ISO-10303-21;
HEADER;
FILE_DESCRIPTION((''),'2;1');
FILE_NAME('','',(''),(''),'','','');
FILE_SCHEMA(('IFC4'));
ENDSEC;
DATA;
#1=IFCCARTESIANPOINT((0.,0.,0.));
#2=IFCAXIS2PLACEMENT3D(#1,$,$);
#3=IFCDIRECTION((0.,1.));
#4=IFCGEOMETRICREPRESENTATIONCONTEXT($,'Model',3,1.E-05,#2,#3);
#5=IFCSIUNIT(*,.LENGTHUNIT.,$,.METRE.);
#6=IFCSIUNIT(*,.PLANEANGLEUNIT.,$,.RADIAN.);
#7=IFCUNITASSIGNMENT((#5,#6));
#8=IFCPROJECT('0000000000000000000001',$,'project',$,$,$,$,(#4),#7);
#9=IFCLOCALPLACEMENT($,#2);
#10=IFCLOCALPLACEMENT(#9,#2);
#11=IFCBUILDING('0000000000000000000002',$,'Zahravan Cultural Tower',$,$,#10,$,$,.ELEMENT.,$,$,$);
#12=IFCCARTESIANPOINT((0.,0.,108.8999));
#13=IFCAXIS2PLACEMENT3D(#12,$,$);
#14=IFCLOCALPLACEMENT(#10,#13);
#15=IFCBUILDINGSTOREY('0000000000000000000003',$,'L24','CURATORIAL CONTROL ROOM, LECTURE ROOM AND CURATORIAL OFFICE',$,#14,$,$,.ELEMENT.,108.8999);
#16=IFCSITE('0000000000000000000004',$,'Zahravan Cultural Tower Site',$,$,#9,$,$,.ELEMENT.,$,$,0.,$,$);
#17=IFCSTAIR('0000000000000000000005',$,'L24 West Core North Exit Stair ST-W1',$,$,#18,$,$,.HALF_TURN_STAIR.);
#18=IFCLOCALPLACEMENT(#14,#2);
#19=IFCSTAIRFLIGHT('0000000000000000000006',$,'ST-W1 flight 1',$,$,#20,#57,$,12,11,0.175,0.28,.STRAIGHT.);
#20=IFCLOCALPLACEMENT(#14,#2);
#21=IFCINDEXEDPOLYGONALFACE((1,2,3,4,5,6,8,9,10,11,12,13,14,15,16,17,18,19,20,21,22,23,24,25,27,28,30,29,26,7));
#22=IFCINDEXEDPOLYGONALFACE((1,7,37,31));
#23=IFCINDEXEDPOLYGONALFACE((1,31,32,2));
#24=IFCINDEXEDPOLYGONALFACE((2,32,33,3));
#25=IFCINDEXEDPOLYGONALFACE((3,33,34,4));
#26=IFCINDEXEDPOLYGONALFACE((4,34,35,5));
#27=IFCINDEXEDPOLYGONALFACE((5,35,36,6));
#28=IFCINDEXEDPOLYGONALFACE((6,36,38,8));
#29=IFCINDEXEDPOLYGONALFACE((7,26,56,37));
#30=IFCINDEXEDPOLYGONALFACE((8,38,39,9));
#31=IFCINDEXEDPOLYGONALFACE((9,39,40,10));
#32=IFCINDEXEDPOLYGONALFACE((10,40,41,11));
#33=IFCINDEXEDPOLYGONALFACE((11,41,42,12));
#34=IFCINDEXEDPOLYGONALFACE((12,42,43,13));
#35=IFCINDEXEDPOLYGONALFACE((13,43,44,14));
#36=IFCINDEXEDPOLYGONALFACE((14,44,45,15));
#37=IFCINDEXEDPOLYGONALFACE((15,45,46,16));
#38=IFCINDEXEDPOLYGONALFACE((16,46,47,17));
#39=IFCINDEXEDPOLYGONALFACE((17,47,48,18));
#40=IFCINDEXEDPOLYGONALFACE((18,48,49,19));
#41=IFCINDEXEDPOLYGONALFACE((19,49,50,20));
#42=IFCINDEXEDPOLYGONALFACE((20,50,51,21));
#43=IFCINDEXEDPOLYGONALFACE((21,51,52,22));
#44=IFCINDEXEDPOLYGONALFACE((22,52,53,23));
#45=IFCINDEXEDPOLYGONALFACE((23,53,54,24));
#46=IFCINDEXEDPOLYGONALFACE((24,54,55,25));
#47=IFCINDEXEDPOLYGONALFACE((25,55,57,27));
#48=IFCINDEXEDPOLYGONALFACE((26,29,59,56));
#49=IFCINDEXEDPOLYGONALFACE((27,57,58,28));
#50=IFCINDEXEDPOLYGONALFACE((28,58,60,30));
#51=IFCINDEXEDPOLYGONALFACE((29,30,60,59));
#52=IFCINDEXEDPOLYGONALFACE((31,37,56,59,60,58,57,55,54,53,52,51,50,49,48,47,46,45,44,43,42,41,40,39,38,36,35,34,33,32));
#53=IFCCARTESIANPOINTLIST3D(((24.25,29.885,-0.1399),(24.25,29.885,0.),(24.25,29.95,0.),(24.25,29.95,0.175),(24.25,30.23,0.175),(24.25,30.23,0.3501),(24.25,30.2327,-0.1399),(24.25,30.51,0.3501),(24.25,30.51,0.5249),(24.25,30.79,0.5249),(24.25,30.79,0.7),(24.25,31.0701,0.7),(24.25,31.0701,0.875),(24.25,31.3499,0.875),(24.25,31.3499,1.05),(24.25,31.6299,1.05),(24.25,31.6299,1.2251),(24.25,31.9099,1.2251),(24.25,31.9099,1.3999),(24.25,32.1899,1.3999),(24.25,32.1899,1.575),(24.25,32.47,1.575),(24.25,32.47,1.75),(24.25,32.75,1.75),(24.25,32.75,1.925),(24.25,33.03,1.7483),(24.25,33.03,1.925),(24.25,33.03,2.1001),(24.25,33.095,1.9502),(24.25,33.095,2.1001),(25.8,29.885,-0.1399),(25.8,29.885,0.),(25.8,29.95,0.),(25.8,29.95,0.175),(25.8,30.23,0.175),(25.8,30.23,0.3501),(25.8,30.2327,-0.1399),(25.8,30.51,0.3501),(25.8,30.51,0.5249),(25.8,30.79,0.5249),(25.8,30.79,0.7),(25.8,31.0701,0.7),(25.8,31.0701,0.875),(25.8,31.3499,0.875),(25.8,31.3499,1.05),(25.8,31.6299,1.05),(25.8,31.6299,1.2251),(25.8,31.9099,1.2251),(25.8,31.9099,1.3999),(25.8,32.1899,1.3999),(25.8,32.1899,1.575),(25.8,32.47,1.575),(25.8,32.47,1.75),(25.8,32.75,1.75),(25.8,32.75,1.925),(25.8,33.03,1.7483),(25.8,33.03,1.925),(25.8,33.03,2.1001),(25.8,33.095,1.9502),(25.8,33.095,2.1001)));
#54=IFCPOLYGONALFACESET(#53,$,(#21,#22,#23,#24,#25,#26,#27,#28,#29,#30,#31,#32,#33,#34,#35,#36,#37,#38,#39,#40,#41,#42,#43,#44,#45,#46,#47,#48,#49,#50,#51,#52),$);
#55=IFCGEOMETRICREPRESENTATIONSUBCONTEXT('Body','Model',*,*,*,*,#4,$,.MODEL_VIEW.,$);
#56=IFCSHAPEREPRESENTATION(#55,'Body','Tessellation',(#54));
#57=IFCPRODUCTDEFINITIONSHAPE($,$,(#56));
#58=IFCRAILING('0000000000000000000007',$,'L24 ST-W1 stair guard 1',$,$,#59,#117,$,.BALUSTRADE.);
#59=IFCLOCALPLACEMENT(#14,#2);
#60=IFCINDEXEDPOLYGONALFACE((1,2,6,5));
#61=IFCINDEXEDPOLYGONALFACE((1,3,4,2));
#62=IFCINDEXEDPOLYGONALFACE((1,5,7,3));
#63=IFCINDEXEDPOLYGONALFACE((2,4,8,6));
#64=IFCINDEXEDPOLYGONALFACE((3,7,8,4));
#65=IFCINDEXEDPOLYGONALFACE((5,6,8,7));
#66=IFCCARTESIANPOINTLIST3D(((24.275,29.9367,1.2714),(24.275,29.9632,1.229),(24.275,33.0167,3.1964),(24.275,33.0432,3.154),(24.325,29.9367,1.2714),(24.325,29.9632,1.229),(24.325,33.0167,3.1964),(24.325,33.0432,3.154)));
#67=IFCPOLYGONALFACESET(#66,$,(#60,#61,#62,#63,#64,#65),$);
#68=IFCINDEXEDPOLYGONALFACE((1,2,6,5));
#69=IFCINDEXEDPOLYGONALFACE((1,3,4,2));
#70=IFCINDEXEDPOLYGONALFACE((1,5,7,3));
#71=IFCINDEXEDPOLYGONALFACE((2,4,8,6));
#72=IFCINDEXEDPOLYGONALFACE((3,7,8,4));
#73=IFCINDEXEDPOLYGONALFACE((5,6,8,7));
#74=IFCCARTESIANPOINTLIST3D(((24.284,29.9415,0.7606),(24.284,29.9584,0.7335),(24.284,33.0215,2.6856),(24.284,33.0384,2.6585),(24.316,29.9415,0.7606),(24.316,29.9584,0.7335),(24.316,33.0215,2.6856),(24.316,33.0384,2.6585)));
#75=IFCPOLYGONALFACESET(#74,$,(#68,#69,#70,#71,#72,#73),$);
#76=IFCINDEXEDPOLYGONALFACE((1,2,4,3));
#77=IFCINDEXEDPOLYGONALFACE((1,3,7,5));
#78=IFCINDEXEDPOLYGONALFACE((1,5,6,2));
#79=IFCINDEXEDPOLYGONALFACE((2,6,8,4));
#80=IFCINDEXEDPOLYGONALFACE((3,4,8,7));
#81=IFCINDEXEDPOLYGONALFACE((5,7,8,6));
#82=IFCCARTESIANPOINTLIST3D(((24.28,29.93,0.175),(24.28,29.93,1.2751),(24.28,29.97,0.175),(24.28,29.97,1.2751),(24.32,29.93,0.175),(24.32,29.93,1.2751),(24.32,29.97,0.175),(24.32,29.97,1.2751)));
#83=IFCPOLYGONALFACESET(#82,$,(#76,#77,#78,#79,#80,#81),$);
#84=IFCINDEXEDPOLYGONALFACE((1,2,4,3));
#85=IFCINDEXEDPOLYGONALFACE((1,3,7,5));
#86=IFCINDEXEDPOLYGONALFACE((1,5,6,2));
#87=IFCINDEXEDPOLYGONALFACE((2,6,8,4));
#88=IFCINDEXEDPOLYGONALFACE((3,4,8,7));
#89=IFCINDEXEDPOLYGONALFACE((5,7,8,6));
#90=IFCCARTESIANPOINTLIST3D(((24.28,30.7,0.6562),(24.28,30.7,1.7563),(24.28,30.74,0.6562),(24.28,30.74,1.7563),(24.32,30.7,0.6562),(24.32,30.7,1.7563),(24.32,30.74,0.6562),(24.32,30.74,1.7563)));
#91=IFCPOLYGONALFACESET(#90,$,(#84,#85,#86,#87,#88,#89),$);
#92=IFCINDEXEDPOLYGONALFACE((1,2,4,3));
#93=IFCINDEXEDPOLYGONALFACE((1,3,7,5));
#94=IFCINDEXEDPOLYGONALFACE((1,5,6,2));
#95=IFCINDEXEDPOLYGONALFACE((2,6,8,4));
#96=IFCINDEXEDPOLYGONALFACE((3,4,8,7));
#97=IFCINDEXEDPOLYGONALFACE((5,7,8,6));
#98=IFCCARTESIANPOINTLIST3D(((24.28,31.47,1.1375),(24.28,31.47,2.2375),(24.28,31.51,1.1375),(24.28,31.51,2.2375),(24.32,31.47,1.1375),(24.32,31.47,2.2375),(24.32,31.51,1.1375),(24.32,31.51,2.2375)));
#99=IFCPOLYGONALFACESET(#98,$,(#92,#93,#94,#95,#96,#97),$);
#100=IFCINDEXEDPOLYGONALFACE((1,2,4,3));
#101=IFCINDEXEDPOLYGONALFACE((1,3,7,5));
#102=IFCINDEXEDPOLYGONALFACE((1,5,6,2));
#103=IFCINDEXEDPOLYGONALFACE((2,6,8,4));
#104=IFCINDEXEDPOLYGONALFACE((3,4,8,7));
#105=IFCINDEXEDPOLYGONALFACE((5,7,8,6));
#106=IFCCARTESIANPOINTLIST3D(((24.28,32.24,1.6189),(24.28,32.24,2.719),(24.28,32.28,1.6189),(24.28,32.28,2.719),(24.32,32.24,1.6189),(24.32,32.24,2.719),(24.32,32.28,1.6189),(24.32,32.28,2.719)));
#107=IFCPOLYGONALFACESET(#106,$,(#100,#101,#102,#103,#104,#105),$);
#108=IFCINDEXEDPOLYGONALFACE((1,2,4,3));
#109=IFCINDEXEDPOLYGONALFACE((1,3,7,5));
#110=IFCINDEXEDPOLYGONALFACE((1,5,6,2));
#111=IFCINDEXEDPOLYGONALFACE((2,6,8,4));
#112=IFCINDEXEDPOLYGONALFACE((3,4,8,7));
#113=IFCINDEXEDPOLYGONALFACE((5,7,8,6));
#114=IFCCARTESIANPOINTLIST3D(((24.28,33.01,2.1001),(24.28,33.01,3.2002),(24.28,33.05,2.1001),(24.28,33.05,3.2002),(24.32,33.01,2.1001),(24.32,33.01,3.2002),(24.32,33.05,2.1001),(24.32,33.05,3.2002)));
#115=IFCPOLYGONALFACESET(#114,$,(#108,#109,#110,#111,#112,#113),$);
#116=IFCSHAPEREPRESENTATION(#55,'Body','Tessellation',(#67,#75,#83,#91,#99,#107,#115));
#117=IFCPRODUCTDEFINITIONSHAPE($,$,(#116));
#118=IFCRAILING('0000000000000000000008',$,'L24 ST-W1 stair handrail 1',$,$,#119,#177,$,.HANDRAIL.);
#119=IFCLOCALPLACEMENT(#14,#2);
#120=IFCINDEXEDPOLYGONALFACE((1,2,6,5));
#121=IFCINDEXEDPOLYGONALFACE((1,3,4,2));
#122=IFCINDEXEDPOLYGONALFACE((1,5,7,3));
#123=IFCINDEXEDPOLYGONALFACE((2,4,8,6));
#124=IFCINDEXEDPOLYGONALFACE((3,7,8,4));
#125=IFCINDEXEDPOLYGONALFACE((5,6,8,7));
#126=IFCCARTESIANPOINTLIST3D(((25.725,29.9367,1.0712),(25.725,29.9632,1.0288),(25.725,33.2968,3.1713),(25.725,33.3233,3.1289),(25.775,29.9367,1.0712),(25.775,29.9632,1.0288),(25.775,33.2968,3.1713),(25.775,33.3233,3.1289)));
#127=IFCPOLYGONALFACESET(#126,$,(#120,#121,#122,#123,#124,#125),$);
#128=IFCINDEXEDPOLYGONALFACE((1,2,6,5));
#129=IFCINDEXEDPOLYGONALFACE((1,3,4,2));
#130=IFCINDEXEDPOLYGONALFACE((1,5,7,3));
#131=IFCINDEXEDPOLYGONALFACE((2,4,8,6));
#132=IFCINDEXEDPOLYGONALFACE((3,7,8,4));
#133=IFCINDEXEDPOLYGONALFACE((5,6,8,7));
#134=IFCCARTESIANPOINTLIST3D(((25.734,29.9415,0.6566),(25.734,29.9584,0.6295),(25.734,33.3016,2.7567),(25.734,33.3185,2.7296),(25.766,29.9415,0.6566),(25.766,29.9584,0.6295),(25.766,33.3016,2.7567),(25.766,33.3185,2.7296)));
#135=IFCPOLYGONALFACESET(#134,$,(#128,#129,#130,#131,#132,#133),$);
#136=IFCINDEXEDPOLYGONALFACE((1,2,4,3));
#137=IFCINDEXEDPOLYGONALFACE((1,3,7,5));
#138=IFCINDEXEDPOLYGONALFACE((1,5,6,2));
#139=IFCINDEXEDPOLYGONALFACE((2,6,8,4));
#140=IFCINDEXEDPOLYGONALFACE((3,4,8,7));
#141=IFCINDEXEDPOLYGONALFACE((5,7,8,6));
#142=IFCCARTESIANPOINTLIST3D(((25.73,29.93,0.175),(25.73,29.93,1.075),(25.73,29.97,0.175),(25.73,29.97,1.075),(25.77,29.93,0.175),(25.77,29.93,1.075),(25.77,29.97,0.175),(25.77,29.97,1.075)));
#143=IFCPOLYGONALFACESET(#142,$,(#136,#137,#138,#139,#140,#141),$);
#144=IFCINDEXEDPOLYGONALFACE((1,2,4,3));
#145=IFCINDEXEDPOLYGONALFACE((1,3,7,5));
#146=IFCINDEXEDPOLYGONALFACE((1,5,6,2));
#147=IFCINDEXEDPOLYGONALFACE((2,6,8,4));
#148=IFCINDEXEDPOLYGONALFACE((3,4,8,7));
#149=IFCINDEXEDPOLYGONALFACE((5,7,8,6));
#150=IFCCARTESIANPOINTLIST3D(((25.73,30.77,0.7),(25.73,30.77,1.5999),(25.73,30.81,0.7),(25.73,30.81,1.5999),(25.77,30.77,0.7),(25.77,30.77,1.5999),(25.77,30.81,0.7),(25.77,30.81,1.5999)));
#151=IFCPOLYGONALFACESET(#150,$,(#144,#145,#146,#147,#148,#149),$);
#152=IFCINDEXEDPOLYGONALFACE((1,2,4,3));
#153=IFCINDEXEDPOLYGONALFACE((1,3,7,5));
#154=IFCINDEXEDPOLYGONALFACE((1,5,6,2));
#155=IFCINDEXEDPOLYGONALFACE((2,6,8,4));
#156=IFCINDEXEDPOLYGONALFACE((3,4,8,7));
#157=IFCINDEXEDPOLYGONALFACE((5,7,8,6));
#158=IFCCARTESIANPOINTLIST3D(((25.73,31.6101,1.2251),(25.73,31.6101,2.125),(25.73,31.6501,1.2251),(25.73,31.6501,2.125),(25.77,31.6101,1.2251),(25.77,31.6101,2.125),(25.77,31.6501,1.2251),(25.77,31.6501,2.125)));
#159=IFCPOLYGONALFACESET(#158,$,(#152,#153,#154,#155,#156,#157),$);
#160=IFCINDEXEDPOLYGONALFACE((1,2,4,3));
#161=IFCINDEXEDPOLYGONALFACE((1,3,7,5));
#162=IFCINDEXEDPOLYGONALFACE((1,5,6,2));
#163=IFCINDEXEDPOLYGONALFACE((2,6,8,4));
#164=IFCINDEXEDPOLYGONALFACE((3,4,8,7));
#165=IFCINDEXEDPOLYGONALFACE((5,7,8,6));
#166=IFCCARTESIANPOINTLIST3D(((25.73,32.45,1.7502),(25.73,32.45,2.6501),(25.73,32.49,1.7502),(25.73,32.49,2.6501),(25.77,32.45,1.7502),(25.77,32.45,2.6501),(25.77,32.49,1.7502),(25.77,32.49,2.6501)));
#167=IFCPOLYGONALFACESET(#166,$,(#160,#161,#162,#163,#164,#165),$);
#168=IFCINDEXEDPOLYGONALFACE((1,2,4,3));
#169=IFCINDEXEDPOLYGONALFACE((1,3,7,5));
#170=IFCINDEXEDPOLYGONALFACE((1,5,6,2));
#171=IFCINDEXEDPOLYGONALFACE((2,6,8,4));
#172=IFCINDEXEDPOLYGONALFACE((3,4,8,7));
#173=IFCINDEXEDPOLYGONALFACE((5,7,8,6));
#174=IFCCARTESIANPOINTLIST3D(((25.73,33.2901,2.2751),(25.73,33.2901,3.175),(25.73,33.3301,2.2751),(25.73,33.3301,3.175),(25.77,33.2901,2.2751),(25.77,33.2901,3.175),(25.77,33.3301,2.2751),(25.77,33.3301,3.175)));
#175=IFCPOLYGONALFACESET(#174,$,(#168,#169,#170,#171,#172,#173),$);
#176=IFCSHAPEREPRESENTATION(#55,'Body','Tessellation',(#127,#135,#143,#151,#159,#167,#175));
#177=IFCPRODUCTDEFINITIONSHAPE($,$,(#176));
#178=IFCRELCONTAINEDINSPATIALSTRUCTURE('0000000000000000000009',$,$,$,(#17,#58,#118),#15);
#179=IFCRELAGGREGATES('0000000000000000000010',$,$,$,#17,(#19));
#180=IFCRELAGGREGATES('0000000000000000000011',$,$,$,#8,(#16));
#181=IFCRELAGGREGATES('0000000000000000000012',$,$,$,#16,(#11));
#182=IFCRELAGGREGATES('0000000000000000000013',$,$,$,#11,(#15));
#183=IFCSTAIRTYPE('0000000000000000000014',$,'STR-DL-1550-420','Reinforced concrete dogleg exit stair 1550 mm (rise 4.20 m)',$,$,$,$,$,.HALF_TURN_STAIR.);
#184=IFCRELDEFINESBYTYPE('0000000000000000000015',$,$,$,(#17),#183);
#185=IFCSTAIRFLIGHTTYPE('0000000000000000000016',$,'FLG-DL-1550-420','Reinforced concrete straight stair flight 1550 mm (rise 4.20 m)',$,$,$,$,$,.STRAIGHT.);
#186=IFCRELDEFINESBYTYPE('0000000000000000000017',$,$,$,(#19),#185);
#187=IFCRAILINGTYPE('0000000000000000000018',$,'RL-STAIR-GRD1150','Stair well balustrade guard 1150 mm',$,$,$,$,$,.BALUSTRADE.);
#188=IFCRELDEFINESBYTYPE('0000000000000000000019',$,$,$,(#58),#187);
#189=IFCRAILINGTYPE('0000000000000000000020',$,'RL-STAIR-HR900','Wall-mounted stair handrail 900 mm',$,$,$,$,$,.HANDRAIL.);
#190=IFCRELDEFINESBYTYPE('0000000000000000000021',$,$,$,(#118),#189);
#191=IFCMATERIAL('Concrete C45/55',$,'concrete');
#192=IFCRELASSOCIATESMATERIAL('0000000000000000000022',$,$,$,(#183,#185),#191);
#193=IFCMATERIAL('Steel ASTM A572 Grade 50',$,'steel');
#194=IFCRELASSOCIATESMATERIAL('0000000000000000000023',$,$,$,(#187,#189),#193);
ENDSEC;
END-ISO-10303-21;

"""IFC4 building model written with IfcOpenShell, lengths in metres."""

from ifc_helpers import new_model, si_unit, direction, frame, origin, origin_2d, place, context, subcontext, project, spatial, polyline, rectangle, outline, extrude, material, type_object, element, aggregate, save


model = new_model("IFC4")

# Units and contexts
model_context = context("Model", 3, precision=1e-05, world=origin(), true_north=direction((0.0, 1.0)))
body_context = subcontext(model_context, "Body", "Model", "MODEL_VIEW")
ifc_project = project(units=[si_unit("LENGTHUNIT", "METRE"), si_unit("PLANEANGLEUNIT", "RADIAN")], contexts=[model_context])

# Site, building, storey
site_placement = place(None, origin())
site = spatial("IfcSite", under=ifc_project, at=site_placement, Name="Zahravan Cultural Tower Site", CompositionType="ELEMENT", RefElevation=0.0)
building_placement = place(site_placement, origin())
building = spatial("IfcBuilding", under=site, at=building_placement, Name="Zahravan Cultural Tower", CompositionType="ELEMENT")
storey_placement = place(building_placement, frame((0.0, 0.0, 108.8999)))
storey = spatial("IfcBuildingStorey", under=building, at=storey_placement, Name="L24", Description="CURATORIAL CONTROL ROOM, LECTURE ROOM AND CURATORIAL OFFICE", CompositionType="ELEMENT", Elevation=108.8999)

# Shared definitions
ifc_material_1 = material(Name="Steel ASTM A572 Grade 50", Category="steel")
ifc_material_2 = material(Name="Concrete C45/55", Category="concrete")

# Stair, stair flight
stair_type = type_object("IfcStairType", Name="STR-DL-1550-420", Description="Reinforced concrete dogleg exit stair 1550 mm (rise 4.20 m)", PredefinedType="HALF_TURN_STAIR", material=ifc_material_2)
stair_placement = place(storey_placement, origin())
stair = element("IfcStair", 1, at=stair_placement, inside=storey, type_object=stair_type, Name="L24 West Core North Exit Stair ST-W1", PredefinedType="HALF_TURN_STAIR")
stair_flight_type = type_object("IfcStairFlightType", Name="FLG-DL-1550-420", Description="Reinforced concrete straight stair flight 1550 mm (rise 4.20 m)", PredefinedType="STRAIGHT", material=ifc_material_2)
stair_flight_placement = place(storey_placement, frame((25.0249, 29.95, 0.0), z_axis=(0.0, 0.0, 1.0), x_axis=(0.0, 1.0, 0.0)))
stair_flight = element("IfcStairFlight", 2, at=stair_flight_placement, type_object=stair_flight_type, Name="ST-W1 flight 1", NumberOfRisers=12, NumberOfTreads=11, PredefinedType="STRAIGHT", RiserHeight=0.175, TreadLength=0.28, context=body_context, shape_type="SweptSolid", body=[
    extrude(outline(polyline([(-0.0649, -0.1399), (-0.0649, 0.0), (0.0, 0.0), (0.0, 0.175), (0.28, 0.175), (0.28, 0.3501), (0.5601, 0.3501), (0.5601, 0.5249), (0.8401, 0.5249), (0.8401, 0.7), (1.1201, 0.7), (1.1201, 0.875), (1.3999, 0.875), (1.3999, 1.05), (1.6799, 1.05), (1.6799, 1.2251), (1.96, 1.2251), (1.96, 1.3999), (2.24, 1.3999), (2.24, 1.575), (2.52, 1.575), (2.52, 1.75), (2.8, 1.75), (2.8, 1.925), (3.0801, 1.925), (3.0801, 2.1001), (3.145, 2.1001), (3.145, 1.9502), (3.0801, 1.7483), (0.2827, -0.1399), (-0.0649, -0.1399)])), frame((0.0, 0.7749, 0.0), z_axis=(0.0, -1.0, 0.0), x_axis=(1.0, 0.0, 0.0)), (0.0, 0.0, 1.0), 1.55),
])
aggregate(stair, [stair_flight])

# Railings
railing_type_1 = type_object("IfcRailingType", Name="RL-STAIR-GRD1150", Description="Stair well balustrade guard 1150 mm", PredefinedType="BALUSTRADE", material=ifc_material_1)
railing_1_placement = place(storey_placement, frame((24.3, 29.95, 0.175)))
element("IfcRailing", 3, at=railing_1_placement, inside=storey, type_object=railing_type_1, Name="L24 ST-W1 stair guard 1", PredefinedType="BALUSTRADE", context=body_context, shape_type="SweptSolid", body=[
    extrude(rectangle(XDim=0.05, YDim=0.05, at=origin_2d()), frame((0.0, 0.0, 1.0752), z_axis=(0.0, 0.847998, 0.529999), x_axis=(-1.0, 0.0, 0.0)), (0.0, 0.0, 1.0), 3.6321),
    extrude(rectangle(XDim=0.032, YDim=0.032, at=origin_2d()), frame((0.0, 0.0, 0.572), z_axis=(0.0, 0.847998, 0.529999), x_axis=(-1.0, 0.0, 0.0)), (0.0, 0.0, 1.0), 3.6321),
    extrude(rectangle(XDim=0.04, YDim=0.04, at=origin_2d()), origin(), (0.0, 0.0, 1.0), 1.1001),
    extrude(rectangle(XDim=0.04, YDim=0.04, at=origin_2d()), frame((0.0, 0.77, 0.4812)), (0.0, 0.0, 1.0), 1.1001),
    extrude(rectangle(XDim=0.04, YDim=0.04, at=origin_2d()), frame((0.0, 1.54, 0.9624)), (0.0, 0.0, 1.0), 1.1001),
    extrude(rectangle(XDim=0.04, YDim=0.04, at=origin_2d()), frame((0.0, 2.3101, 1.4438)), (0.0, 0.0, 1.0), 1.1001),
    extrude(rectangle(XDim=0.04, YDim=0.04, at=origin_2d()), frame((0.0, 3.0801, 1.925)), (0.0, 0.0, 1.0), 1.1001),
])
railing_type_2 = type_object("IfcRailingType", Name="RL-STAIR-HR900", Description="Wall-mounted stair handrail 900 mm", PredefinedType="HANDRAIL", material=ifc_material_1)
railing_2_placement = place(storey_placement, frame((25.75, 29.95, 0.175)))
element("IfcRailing", 4, at=railing_2_placement, inside=storey, type_object=railing_type_2, Name="L24 ST-W1 stair handrail 1", PredefinedType="HANDRAIL", context=body_context, shape_type="SweptSolid", body=[
    extrude(rectangle(XDim=0.05, YDim=0.05, at=origin_2d()), frame((0.0, 0.0, 0.875), z_axis=(0.0, 0.847995, 0.530004), x_axis=(-1.0, 0.0, 0.0)), (0.0, 0.0, 1.0), 3.9624),
    extrude(rectangle(XDim=0.032, YDim=0.032, at=origin_2d()), frame((0.0, 0.0, 0.468), z_axis=(0.0, 0.847995, 0.530004), x_axis=(-1.0, 0.0, 0.0)), (0.0, 0.0, 1.0), 3.9624),
    extrude(rectangle(XDim=0.04, YDim=0.04, at=origin_2d()), origin(), (0.0, 0.0, 1.0), 0.8999),
    extrude(rectangle(XDim=0.04, YDim=0.04, at=origin_2d()), frame((0.0, 0.8401, 0.5249)), (0.0, 0.0, 1.0), 0.8999),
    extrude(rectangle(XDim=0.04, YDim=0.04, at=origin_2d()), frame((0.0, 1.6802, 1.05)), (0.0, 0.0, 1.0), 0.8999),
    extrude(rectangle(XDim=0.04, YDim=0.04, at=origin_2d()), frame((0.0, 2.52, 1.5752)), (0.0, 0.0, 1.0), 0.8999),
    extrude(rectangle(XDim=0.04, YDim=0.04, at=origin_2d()), frame((0.0, 3.3601, 2.1001)), (0.0, 0.0, 1.0), 0.8999),
])

save(model, "model.ifc")
